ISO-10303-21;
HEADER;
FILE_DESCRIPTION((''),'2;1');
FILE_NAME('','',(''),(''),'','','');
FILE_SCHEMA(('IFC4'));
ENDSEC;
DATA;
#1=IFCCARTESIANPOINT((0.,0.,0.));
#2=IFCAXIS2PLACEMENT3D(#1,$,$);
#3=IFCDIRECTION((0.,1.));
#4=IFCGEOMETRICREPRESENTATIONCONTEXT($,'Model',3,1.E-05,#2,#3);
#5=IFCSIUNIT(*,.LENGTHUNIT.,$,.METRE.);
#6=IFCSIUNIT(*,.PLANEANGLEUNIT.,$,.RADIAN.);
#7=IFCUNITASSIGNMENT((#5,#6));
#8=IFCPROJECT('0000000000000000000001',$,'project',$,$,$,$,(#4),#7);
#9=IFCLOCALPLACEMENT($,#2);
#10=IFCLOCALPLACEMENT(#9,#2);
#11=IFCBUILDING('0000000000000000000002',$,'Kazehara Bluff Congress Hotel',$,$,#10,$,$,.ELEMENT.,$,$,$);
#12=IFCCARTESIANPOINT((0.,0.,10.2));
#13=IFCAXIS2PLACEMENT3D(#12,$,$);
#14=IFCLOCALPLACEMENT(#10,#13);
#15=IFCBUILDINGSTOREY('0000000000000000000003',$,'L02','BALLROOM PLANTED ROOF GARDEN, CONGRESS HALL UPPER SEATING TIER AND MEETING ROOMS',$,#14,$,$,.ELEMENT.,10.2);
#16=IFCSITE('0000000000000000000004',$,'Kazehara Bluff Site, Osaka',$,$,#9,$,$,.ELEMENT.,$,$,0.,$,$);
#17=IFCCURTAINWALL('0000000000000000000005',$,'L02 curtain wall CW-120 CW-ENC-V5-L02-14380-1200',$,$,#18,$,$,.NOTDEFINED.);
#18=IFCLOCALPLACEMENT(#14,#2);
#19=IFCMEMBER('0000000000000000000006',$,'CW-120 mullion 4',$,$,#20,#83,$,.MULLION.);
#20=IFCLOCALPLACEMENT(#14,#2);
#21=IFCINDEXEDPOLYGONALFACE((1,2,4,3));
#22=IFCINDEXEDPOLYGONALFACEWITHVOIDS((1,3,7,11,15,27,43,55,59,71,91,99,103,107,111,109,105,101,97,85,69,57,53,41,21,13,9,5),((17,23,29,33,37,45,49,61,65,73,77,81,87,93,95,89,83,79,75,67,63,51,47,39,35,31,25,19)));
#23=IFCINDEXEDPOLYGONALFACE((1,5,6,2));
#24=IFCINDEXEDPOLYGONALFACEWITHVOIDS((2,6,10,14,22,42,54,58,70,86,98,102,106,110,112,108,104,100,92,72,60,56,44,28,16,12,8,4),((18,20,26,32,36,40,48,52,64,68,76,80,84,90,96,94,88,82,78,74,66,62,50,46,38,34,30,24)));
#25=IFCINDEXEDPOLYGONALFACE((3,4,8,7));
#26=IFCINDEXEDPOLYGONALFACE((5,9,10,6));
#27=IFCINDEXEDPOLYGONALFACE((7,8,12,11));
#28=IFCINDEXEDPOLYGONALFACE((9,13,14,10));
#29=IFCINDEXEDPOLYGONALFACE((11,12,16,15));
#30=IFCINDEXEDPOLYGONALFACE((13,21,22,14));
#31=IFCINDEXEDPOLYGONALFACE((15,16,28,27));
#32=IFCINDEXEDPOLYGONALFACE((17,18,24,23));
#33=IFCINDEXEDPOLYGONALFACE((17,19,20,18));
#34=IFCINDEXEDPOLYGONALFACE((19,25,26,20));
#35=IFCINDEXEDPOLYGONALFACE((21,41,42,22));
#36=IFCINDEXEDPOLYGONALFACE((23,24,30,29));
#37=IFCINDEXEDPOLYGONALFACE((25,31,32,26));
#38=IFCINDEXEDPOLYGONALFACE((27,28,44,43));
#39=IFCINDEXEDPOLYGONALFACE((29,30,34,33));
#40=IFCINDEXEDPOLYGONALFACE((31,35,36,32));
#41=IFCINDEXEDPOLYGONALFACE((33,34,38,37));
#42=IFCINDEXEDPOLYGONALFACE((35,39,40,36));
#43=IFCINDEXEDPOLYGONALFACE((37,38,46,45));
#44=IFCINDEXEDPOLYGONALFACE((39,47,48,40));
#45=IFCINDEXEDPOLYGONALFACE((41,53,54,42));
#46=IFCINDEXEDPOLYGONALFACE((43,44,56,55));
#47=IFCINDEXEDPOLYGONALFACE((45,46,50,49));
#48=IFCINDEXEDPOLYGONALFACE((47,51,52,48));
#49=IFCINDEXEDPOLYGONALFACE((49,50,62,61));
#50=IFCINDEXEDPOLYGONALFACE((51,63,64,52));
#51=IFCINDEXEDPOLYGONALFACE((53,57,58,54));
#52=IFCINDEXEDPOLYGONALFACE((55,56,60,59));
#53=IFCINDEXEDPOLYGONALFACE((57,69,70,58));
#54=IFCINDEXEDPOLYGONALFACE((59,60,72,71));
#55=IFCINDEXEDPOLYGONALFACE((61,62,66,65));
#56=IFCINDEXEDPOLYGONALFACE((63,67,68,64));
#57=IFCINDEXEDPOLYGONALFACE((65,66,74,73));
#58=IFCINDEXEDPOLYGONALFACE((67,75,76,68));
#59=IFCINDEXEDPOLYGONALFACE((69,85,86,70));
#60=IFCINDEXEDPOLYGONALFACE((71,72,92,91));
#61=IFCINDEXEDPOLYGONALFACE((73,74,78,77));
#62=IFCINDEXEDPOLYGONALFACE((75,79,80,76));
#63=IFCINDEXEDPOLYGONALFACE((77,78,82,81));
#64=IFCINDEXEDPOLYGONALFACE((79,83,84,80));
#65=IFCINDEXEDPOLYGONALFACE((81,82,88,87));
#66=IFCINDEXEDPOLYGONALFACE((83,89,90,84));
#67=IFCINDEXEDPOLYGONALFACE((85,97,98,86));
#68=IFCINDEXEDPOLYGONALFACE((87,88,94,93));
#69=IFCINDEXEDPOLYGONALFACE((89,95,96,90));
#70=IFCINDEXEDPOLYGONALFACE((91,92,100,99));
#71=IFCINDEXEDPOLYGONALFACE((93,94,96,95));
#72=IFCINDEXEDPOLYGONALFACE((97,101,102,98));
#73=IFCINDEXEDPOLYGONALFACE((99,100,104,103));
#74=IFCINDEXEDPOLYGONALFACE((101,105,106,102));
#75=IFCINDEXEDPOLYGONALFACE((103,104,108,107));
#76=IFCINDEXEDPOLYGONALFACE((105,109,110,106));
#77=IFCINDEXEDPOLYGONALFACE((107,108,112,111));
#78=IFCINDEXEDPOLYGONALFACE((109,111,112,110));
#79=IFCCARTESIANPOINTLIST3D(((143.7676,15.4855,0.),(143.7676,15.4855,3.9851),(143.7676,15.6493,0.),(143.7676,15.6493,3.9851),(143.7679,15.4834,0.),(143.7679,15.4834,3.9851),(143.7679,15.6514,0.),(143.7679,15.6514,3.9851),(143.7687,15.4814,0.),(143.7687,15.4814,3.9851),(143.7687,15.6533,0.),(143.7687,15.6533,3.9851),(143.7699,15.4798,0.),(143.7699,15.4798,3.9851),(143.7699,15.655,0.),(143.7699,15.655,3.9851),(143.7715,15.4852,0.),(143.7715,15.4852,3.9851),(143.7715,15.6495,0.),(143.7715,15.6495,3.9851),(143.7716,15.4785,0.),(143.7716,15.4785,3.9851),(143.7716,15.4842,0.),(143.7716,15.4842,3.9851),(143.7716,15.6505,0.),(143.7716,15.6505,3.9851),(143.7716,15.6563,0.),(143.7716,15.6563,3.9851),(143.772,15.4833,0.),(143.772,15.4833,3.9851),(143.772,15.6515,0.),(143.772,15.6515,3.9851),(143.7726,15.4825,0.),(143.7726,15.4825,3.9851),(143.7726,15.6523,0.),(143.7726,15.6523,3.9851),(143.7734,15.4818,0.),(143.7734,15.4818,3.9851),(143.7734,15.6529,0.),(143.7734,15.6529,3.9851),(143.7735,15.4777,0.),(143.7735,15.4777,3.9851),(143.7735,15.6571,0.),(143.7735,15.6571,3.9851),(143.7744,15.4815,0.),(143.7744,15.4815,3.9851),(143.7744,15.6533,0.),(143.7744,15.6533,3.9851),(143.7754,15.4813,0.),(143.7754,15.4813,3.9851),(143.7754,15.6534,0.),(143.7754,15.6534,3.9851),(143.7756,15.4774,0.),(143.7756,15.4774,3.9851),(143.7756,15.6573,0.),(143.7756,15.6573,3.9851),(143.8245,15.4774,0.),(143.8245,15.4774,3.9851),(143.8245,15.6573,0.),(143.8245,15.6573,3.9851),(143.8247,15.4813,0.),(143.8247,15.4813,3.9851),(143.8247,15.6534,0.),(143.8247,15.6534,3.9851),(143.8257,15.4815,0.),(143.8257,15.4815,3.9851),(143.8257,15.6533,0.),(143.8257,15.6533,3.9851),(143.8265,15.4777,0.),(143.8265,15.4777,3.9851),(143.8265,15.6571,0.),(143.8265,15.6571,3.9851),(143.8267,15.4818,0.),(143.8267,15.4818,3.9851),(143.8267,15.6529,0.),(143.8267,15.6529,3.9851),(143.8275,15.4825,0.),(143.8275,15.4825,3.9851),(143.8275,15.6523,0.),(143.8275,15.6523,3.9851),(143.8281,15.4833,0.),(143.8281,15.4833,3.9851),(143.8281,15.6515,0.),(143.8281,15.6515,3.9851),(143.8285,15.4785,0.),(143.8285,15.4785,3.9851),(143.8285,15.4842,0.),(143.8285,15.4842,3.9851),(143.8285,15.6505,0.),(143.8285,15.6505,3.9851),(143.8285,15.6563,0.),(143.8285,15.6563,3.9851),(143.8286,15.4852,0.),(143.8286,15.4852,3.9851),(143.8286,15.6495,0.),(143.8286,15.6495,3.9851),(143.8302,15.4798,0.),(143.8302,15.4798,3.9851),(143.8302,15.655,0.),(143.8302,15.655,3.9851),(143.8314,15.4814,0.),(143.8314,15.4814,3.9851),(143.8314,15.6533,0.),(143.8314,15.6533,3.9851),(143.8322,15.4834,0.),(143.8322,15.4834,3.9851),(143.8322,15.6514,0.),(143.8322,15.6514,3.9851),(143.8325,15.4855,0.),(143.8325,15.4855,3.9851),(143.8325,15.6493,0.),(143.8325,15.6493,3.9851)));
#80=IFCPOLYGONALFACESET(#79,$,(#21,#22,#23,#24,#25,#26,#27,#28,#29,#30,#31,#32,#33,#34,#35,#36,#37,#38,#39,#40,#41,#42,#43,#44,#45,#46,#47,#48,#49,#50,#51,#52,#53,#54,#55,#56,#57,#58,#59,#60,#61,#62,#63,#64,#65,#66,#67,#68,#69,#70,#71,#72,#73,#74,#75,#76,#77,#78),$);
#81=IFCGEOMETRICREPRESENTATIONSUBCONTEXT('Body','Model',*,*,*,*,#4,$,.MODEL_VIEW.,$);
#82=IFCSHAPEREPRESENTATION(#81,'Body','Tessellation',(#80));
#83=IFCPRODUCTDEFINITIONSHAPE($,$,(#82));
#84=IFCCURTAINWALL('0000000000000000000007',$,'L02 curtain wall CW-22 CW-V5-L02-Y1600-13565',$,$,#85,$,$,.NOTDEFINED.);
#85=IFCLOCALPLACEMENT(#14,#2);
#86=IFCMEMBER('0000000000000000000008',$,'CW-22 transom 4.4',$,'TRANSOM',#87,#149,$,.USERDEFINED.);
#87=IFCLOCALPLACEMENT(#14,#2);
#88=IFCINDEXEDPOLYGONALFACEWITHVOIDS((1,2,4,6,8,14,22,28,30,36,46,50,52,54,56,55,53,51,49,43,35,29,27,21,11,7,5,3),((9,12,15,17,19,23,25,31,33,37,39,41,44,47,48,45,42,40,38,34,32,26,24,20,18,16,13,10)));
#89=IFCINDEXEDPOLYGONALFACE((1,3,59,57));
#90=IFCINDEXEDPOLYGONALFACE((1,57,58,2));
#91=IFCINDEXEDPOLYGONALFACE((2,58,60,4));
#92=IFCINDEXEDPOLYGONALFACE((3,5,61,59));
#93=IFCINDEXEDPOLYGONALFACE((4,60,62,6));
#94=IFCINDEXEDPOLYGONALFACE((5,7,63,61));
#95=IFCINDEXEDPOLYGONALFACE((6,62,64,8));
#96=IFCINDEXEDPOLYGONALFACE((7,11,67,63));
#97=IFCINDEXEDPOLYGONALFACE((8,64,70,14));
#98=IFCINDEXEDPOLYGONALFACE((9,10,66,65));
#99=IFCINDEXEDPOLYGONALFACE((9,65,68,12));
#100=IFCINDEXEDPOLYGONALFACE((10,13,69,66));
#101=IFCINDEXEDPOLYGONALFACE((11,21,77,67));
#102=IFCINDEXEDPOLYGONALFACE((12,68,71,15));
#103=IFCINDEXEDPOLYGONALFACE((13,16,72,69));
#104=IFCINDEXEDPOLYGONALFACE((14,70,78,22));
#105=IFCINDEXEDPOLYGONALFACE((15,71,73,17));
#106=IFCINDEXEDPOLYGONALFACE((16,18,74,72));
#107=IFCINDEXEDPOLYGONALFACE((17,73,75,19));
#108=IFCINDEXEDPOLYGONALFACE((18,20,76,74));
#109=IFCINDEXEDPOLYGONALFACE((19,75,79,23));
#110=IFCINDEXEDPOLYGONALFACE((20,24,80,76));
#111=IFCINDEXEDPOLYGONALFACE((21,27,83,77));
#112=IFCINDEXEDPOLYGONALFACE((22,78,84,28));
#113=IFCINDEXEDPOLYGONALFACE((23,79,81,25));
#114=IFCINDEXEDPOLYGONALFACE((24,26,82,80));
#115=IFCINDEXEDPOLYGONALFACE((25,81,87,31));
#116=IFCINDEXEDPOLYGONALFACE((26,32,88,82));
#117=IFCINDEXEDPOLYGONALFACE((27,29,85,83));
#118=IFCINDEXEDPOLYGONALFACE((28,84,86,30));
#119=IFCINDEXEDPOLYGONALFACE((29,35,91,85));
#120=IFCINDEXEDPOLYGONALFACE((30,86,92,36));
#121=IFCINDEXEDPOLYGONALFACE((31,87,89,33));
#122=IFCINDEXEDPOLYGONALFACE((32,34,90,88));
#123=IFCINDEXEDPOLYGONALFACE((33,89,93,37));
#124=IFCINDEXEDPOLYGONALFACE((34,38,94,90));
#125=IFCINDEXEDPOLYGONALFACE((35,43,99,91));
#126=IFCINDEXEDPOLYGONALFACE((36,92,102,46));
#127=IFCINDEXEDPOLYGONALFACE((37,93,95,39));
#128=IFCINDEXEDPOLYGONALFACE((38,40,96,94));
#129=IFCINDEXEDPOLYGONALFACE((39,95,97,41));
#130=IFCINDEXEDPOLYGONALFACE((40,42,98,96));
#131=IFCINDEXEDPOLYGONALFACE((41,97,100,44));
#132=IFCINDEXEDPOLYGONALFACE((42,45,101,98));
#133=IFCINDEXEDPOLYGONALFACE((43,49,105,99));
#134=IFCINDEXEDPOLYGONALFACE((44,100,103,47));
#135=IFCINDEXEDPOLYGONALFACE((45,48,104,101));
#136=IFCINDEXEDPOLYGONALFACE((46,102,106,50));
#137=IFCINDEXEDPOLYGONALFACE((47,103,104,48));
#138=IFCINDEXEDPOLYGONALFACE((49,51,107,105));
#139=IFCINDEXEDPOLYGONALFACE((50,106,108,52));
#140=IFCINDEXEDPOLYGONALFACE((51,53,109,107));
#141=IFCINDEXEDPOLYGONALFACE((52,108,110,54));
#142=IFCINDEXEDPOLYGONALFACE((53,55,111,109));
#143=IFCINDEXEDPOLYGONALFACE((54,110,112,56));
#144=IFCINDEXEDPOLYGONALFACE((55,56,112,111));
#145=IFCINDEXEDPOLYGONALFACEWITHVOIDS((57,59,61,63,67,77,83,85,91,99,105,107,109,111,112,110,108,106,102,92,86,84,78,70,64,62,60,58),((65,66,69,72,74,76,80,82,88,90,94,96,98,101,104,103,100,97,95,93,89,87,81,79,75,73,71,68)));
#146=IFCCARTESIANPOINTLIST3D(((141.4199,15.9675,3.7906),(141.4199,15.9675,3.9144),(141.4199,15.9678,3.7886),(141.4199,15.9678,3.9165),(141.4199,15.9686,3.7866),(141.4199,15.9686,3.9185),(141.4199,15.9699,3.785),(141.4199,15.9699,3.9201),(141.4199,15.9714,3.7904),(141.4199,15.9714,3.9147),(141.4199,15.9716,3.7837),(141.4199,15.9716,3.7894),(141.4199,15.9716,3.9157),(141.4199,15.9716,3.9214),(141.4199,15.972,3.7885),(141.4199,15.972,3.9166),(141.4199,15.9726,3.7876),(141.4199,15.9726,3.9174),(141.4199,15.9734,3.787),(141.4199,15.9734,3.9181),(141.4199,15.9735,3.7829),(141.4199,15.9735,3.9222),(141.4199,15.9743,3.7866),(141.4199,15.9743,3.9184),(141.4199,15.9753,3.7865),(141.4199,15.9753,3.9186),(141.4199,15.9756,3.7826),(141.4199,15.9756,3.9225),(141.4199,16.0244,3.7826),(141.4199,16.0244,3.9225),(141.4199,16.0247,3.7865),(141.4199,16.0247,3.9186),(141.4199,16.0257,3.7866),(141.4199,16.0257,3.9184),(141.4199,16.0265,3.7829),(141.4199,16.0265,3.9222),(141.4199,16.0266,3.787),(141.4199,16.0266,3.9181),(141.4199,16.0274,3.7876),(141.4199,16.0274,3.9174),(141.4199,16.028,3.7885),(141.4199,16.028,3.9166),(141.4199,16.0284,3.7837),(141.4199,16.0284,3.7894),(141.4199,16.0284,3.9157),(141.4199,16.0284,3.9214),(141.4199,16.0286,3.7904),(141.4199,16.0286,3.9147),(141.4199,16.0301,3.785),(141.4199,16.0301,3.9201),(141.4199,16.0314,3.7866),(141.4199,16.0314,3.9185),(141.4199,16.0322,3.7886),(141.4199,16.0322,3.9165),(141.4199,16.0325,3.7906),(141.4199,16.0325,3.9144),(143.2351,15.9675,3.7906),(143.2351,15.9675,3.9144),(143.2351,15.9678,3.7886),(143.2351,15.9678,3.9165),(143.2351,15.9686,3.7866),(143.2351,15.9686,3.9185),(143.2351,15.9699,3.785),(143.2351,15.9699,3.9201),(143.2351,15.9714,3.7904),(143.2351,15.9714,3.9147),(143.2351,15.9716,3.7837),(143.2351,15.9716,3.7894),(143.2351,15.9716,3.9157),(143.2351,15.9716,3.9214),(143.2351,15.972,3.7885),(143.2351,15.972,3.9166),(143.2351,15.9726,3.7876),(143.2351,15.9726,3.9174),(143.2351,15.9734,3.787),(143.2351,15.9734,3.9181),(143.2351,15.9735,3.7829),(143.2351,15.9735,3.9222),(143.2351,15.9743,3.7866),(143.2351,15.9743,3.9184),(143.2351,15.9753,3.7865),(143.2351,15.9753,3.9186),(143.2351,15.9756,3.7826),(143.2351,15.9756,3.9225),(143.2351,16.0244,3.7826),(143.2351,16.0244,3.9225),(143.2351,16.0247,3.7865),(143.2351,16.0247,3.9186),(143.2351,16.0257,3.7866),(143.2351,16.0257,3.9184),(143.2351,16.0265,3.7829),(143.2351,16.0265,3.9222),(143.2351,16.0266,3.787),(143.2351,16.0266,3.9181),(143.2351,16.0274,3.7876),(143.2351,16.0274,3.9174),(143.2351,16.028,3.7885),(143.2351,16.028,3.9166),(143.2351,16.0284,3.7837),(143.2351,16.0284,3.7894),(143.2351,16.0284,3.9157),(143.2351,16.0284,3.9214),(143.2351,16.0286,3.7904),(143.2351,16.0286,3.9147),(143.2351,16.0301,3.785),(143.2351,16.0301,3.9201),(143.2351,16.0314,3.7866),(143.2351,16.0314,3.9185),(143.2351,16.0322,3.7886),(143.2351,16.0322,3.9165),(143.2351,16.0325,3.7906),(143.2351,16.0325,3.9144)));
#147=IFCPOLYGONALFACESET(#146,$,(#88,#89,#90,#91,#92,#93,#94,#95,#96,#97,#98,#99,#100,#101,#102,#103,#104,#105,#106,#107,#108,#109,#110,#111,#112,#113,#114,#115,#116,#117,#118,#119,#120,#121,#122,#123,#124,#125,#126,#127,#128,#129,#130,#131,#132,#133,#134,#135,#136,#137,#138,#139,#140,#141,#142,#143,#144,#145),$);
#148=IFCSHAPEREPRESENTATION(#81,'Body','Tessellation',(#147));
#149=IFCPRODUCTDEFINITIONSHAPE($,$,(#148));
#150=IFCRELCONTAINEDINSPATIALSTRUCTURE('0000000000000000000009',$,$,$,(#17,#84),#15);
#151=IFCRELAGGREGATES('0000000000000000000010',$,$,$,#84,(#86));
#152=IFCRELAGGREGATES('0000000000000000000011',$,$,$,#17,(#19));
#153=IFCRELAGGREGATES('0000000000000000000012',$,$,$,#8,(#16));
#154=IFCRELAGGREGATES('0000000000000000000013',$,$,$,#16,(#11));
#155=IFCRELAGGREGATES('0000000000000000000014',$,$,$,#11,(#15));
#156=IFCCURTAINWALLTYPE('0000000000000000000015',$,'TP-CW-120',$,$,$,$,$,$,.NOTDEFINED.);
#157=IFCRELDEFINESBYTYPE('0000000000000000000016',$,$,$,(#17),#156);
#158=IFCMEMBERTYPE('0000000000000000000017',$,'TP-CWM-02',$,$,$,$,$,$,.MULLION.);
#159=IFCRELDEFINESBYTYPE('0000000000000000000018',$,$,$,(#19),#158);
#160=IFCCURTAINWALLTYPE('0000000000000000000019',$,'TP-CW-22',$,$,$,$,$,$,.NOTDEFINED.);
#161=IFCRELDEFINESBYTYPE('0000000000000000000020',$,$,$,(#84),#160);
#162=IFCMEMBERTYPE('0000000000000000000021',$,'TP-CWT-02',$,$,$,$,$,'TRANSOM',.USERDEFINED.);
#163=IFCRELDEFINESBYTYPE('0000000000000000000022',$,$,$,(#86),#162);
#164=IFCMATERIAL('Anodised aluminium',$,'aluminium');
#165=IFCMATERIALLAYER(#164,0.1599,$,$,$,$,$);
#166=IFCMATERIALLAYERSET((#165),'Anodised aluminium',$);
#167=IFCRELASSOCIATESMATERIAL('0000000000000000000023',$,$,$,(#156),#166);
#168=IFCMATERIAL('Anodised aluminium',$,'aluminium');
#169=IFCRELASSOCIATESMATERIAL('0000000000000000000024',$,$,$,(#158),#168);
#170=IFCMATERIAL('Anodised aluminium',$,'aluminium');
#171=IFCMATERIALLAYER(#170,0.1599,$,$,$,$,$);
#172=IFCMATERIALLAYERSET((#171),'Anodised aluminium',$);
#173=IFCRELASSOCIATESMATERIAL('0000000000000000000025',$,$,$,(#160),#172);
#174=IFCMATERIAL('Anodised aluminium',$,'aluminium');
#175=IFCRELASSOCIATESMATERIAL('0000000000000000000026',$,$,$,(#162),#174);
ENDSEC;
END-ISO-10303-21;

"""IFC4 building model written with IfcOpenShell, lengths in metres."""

from ifc_helpers import new_model, si_unit, direction, frame, origin, origin_2d, place, context, subcontext, project, spatial, hollow_rectangle, extrude, material, layer, layer_set, material_profile, profile_set, type_object, element, aggregate, save


model = new_model("IFC4")

# Units and contexts
model_context = context("Model", 3, precision=1e-05, world=origin(), true_north=direction((0.0, 1.0)))
body_context = subcontext(model_context, "Body", "Model", "MODEL_VIEW")
ifc_project = project(units=[si_unit("LENGTHUNIT", "METRE"), si_unit("PLANEANGLEUNIT", "RADIAN")], contexts=[model_context])

# Site, building, storey
site_placement = place(None, origin())
site = spatial("IfcSite", under=ifc_project, at=site_placement, Name="Kazehara Bluff Site, Osaka", CompositionType="ELEMENT", RefElevation=0.0)
building_placement = place(site_placement, origin())
building = spatial("IfcBuilding", under=site, at=building_placement, Name="Kazehara Bluff Congress Hotel", CompositionType="ELEMENT")
storey_placement = place(building_placement, frame((0.0, 0.0, 10.2)))
storey = spatial("IfcBuildingStorey", under=building, at=storey_placement, Name="L02", Description="BALLROOM PLANTED ROOF GARDEN, CONGRESS HALL UPPER SEATING TIER AND MEETING ROOMS", CompositionType="ELEMENT", Elevation=10.2)

# Curtain wall, member
ifc_material_1 = material(Name="Anodised aluminium", Category="aluminium")
ifc_layer_1 = layer(ifc_material_1, 0.1599)
ifc_layer_set_1 = layer_set([ifc_layer_1], Name="Anodised aluminium")
curtain_wall_type_1 = type_object("IfcCurtainWallType", Name="TP-CW-120", PredefinedType="NOTDEFINED", material=ifc_layer_set_1)
curtain_wall_1_placement = place(storey_placement, origin())
curtain_wall_1 = element("IfcCurtainWall", 1, at=curtain_wall_1_placement, inside=storey, type_object=curtain_wall_type_1, Name="L02 curtain wall CW-120 CW-ENC-V5-L02-14380-1200", PredefinedType="NOTDEFINED")
ifc_material_2 = material(Name="Anodised aluminium", Category="aluminium")
ifc_material_profile_1 = material_profile(ifc_material_2, hollow_rectangle(XDim=0.0649, YDim=0.1799, WallThickness=0.0039, InnerFilletRadius=0.0039, OuterFilletRadius=0.0081, at=origin_2d()))
ifc_profile_set_1 = profile_set([ifc_material_profile_1], Name="Anodised aluminium")
member_type_1 = type_object("IfcMemberType", Name="TP-CWM-02", PredefinedType="MULLION", material=ifc_profile_set_1)
member_1_placement = place(storey_placement, frame((143.8, 15.5674, 0.0), z_axis=(0.0, 0.0, 1.0), x_axis=(-1.0, 0.0, 0.0)))
member_1 = element("IfcMember", 2, at=member_1_placement, type_object=member_type_1, Name="CW-120 mullion 4", PredefinedType="MULLION", context=body_context, shape_type="SweptSolid", body=[
    extrude(hollow_rectangle(XDim=0.0649, YDim=0.1799, WallThickness=0.0039, InnerFilletRadius=0.0039, OuterFilletRadius=0.0081, at=origin_2d()), origin(), (0.0, 0.0, 1.0), 3.9851),
])

# Curtain wall, member
ifc_material_3 = material(Name="Anodised aluminium", Category="aluminium")
ifc_layer_2 = layer(ifc_material_3, 0.1599)
ifc_layer_set_2 = layer_set([ifc_layer_2], Name="Anodised aluminium")
curtain_wall_type_2 = type_object("IfcCurtainWallType", Name="TP-CW-22", PredefinedType="NOTDEFINED", material=ifc_layer_set_2)
curtain_wall_2_placement = place(storey_placement, origin())
curtain_wall_2 = element("IfcCurtainWall", 3, at=curtain_wall_2_placement, inside=storey, type_object=curtain_wall_type_2, Name="L02 curtain wall CW-22 CW-V5-L02-Y1600-13565", PredefinedType="NOTDEFINED")
ifc_material_4 = material(Name="Anodised aluminium", Category="aluminium")
ifc_material_profile_2 = material_profile(ifc_material_4, hollow_rectangle(XDim=0.0649, YDim=0.1399, WallThickness=0.0039, InnerFilletRadius=0.0039, OuterFilletRadius=0.0081, at=origin_2d()))
ifc_profile_set_2 = profile_set([ifc_material_profile_2], Name="Anodised aluminium")
member_type_2 = type_object("IfcMemberType", Name="TP-CWT-02", ElementType="TRANSOM", PredefinedType="USERDEFINED", material=ifc_profile_set_2)
member_2_placement = place(storey_placement, frame((141.4199, 16.0, 3.8525), z_axis=(1.0, 0.0, 0.0), x_axis=(0.0, 1.0, 0.0)))
member_2 = element("IfcMember", 4, at=member_2_placement, type_object=member_type_2, Name="CW-22 transom 4.4", ObjectType="TRANSOM", PredefinedType="USERDEFINED", context=body_context, shape_type="SweptSolid", body=[
    extrude(hollow_rectangle(XDim=0.0649, YDim=0.1399, WallThickness=0.0039, InnerFilletRadius=0.0039, OuterFilletRadius=0.0081, at=origin_2d()), origin(), (0.0, 0.0, 1.0), 1.8152),
])

aggregate(curtain_wall_2, [member_2])
aggregate(curtain_wall_1, [member_1])

save(model, "model.ifc")
